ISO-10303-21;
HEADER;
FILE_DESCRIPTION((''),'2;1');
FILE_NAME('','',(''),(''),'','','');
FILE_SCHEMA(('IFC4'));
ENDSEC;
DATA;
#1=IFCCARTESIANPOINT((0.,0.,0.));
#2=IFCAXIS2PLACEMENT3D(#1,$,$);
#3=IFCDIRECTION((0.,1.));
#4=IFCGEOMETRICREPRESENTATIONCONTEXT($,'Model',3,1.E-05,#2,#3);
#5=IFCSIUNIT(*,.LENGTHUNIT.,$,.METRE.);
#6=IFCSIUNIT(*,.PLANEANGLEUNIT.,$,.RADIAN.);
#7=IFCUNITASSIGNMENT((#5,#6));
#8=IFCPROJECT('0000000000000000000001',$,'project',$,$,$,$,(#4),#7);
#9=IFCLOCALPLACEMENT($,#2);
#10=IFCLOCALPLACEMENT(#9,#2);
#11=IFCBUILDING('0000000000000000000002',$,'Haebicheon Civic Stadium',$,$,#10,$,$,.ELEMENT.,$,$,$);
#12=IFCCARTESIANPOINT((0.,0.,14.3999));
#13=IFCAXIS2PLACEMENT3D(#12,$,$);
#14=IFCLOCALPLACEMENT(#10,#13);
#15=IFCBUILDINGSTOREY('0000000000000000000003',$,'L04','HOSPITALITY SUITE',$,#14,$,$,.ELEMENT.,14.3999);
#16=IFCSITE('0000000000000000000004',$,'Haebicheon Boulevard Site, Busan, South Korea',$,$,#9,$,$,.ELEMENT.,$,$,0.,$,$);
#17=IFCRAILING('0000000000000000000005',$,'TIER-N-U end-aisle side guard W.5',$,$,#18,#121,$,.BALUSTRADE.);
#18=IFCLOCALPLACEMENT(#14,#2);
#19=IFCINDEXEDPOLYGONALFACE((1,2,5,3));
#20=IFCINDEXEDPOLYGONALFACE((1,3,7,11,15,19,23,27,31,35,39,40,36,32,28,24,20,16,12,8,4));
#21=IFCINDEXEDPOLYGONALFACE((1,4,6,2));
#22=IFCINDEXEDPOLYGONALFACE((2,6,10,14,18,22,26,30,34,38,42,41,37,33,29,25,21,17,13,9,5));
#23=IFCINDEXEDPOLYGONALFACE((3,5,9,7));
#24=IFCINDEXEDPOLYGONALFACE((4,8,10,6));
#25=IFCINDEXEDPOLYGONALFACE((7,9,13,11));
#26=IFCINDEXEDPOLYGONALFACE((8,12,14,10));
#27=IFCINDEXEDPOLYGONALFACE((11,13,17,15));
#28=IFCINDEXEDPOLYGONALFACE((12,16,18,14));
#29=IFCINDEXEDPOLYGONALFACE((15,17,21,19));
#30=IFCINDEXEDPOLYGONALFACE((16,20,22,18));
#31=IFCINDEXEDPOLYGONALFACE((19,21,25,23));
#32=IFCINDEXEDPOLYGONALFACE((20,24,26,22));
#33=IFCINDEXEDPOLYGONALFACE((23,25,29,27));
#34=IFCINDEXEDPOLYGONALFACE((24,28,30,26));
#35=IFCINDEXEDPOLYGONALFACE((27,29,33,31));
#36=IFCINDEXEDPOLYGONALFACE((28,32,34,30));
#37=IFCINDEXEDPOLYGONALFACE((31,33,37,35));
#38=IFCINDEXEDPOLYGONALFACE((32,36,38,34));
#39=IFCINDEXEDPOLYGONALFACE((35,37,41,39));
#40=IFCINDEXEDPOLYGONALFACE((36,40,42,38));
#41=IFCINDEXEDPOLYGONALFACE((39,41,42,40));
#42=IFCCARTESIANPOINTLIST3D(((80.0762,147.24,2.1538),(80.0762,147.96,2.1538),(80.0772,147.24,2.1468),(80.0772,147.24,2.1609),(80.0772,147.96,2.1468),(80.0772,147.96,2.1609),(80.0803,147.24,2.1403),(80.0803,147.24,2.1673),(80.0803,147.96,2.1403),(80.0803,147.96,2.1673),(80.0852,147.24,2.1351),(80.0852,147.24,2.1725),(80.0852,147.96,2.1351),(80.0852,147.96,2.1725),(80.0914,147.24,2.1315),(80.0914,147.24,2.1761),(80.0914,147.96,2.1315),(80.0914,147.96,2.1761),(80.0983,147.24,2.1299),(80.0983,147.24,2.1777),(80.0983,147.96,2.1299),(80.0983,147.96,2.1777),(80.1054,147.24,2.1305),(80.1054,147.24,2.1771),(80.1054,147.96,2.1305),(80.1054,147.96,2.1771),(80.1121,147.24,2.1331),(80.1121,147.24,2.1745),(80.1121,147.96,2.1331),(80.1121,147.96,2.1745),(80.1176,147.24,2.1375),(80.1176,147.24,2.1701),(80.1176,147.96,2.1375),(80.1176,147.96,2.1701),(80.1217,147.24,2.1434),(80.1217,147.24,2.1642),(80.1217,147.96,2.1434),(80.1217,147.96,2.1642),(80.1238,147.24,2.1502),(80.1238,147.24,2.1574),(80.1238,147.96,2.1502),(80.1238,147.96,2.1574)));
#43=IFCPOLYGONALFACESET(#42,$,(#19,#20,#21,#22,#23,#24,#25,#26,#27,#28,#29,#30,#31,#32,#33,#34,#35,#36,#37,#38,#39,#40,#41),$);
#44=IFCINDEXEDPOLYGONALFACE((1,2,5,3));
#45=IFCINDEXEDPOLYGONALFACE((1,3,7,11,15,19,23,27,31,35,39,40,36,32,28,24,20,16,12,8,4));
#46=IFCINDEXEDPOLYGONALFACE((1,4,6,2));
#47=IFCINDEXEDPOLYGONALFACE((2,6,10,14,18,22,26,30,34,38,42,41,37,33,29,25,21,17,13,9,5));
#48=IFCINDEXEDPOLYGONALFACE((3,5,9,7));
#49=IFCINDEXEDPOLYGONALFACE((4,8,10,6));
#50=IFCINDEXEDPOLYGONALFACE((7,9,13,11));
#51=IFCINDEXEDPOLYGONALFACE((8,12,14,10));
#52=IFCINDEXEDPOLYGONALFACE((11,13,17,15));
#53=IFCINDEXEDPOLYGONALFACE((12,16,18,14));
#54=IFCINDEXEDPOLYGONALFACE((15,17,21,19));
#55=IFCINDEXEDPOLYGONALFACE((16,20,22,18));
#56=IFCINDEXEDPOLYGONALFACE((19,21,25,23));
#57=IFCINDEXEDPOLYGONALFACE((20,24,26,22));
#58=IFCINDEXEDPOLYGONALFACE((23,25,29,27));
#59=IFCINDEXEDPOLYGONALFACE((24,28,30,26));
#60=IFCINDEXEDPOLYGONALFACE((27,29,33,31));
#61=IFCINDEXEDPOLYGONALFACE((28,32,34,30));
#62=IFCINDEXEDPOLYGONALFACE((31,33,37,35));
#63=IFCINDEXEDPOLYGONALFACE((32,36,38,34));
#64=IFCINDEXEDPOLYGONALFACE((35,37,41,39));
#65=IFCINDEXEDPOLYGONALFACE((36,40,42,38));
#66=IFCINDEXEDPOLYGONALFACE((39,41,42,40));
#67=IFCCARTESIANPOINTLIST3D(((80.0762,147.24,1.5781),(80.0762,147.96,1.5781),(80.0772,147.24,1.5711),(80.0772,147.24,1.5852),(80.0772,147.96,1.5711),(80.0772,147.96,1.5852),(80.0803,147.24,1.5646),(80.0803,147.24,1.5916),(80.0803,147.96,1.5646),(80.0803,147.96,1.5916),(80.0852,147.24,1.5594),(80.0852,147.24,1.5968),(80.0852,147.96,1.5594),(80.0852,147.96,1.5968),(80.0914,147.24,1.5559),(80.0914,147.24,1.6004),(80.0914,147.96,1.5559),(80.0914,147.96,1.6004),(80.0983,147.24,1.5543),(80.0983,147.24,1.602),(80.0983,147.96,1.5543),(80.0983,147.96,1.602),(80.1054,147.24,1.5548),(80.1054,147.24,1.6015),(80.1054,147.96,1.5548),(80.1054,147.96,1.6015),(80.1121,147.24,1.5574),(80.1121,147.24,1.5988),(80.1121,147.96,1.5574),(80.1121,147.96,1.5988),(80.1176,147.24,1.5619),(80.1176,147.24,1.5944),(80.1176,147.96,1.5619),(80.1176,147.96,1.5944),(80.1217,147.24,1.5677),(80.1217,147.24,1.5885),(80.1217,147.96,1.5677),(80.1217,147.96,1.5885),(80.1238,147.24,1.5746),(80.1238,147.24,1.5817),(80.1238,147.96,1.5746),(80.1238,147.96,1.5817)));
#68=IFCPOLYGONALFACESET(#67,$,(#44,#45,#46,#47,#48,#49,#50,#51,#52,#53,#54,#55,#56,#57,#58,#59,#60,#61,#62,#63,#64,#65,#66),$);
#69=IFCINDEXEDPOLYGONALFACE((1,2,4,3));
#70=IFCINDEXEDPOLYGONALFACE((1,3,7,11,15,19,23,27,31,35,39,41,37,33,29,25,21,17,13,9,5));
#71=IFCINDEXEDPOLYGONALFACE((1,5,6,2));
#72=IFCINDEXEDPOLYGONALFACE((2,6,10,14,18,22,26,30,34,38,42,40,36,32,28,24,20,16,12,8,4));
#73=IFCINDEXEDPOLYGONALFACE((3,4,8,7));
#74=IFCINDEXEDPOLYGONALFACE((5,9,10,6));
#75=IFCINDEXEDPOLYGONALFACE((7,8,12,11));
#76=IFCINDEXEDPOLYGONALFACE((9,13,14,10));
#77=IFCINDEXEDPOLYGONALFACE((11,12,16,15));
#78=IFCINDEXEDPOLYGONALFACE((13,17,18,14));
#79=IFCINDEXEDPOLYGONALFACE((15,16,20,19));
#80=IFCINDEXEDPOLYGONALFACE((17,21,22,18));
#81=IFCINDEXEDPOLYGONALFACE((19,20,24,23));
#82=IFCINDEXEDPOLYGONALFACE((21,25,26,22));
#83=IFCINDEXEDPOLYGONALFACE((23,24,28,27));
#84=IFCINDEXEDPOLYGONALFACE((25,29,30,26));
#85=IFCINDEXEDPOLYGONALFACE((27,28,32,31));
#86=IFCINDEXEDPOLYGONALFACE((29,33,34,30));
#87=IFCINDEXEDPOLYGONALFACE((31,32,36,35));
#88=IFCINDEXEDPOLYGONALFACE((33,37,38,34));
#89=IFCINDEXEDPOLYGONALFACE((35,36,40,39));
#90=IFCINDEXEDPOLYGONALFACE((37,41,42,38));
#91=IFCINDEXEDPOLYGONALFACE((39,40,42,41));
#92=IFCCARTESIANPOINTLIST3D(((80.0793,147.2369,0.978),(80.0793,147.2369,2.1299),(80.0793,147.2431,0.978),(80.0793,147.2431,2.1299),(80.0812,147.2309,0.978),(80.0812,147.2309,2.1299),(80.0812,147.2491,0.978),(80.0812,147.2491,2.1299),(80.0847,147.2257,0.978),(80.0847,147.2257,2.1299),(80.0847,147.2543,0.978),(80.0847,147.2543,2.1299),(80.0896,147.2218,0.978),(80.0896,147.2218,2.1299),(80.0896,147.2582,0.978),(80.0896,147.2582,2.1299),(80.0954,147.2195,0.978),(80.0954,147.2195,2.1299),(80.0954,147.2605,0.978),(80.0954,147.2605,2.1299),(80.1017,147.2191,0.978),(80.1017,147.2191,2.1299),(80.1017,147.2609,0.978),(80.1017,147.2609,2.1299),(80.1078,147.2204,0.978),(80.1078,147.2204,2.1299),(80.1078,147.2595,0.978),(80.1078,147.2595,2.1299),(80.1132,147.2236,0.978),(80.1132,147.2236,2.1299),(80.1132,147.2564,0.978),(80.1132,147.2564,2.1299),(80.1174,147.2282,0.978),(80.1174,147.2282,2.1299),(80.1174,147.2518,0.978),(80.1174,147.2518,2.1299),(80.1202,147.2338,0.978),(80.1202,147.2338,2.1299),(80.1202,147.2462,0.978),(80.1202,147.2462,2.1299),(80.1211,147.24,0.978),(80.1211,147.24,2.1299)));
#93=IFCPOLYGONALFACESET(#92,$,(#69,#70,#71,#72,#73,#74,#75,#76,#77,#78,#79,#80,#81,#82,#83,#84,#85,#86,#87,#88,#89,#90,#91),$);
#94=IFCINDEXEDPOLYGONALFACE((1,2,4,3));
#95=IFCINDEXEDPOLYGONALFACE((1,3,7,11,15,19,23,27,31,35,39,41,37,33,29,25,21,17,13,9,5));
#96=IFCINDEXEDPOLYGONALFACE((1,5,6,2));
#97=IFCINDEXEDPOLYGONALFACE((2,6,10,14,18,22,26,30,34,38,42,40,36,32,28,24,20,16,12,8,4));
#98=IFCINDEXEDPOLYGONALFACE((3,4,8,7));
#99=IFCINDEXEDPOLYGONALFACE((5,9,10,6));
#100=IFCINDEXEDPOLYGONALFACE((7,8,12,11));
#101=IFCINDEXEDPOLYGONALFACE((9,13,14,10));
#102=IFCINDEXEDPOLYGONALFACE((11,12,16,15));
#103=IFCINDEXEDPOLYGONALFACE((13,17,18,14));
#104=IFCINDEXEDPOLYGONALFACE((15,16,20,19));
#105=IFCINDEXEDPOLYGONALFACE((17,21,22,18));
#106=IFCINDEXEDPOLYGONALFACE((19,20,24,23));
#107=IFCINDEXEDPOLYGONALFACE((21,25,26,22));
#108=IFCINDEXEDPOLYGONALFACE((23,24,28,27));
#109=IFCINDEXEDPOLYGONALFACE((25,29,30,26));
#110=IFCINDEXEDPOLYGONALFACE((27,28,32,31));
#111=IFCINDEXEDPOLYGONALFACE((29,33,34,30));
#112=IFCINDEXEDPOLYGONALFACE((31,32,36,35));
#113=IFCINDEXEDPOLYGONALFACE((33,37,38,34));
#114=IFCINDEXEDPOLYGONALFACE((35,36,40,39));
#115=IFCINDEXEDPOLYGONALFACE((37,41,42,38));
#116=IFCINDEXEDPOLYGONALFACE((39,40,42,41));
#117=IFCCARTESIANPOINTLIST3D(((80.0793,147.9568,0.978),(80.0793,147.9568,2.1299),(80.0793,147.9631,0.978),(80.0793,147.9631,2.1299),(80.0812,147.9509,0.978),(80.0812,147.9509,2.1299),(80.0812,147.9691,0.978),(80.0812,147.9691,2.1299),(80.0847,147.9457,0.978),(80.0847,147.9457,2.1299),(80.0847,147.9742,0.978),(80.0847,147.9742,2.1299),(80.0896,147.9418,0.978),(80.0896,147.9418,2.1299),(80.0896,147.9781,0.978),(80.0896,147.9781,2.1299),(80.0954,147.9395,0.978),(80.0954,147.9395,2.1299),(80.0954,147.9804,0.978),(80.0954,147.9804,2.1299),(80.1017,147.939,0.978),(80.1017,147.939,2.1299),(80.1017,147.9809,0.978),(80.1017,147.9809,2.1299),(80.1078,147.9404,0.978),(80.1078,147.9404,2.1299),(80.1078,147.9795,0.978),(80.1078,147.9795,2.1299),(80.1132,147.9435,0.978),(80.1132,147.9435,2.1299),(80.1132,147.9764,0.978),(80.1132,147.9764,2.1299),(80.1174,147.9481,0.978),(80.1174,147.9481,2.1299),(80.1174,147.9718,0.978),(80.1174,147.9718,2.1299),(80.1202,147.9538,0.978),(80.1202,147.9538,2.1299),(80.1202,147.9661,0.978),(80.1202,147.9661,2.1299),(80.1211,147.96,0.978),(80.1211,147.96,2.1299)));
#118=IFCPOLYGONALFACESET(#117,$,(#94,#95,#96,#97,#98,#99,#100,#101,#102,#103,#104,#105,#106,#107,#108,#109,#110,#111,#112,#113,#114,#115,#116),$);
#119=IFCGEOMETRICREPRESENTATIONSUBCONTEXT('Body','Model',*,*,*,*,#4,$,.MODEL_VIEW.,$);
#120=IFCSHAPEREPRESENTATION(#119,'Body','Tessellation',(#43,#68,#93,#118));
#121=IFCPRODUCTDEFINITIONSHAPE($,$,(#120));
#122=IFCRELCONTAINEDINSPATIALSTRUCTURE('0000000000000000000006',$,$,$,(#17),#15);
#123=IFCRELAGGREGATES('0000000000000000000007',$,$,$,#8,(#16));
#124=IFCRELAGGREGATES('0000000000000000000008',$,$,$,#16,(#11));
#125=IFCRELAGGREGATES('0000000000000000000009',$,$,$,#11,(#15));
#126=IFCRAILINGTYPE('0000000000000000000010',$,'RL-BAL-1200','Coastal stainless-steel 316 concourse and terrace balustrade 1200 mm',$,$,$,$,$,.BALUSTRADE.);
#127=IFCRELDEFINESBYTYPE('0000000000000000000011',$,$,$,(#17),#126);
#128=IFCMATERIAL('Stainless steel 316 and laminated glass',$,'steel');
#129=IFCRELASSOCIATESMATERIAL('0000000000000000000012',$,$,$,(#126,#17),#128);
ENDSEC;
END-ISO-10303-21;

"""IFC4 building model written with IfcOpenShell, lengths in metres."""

from ifc_helpers import new_model, si_unit, direction, frame, origin, origin_2d, place, context, subcontext, project, spatial, circle, extrude, material, type_object, element, save


model = new_model("IFC4")

# Units and contexts
model_context = context("Model", 3, precision=1e-05, world=origin(), true_north=direction((0.0, 1.0)))
body_context = subcontext(model_context, "Body", "Model", "MODEL_VIEW")
ifc_project = project(units=[si_unit("LENGTHUNIT", "METRE"), si_unit("PLANEANGLEUNIT", "RADIAN")], contexts=[model_context])

# Site, building, storey
site_placement = place(None, origin())
site = spatial("IfcSite", under=ifc_project, at=site_placement, Name="Haebicheon Boulevard Site, Busan, South Korea", CompositionType="ELEMENT", RefElevation=0.0)
building_placement = place(site_placement, origin())
building = spatial("IfcBuilding", under=site, at=building_placement, Name="Haebicheon Civic Stadium", CompositionType="ELEMENT")
storey_placement = place(building_placement, frame((0.0, 0.0, 14.3999)))
storey = spatial("IfcBuildingStorey", under=building, at=storey_placement, Name="L04", Description="HOSPITALITY SUITE", CompositionType="ELEMENT", Elevation=14.3999)

# Railing
ifc_material_1 = material(Name="Stainless steel 316 and laminated glass", Category="steel")
railing_type = type_object("IfcRailingType", Name="RL-BAL-1200", Description="Coastal stainless-steel 316 concourse and terrace balustrade 1200 mm", PredefinedType="BALUSTRADE", material=ifc_material_1)
for number, where, name in (
    (1, (80.1001, 147.24, 0.978), "TIER-N-U end-aisle side guard W.5"),
):
    element("IfcRailing", number, at=place(storey_placement, frame(where)), inside=storey, type_object=railing_type, material=ifc_material_1, Name=name, PredefinedType="BALUSTRADE", context=body_context, shape_type="SweptSolid", body=[
        extrude(circle(Radius=0.0239, at=origin_2d()), frame((0.0, 0.0, 1.1758), z_axis=(0.0, 1.0, 0.0), x_axis=(-1.0, 0.0, 0.0)), (0.0, 0.0, 1.0), 0.72),
        extrude(circle(Radius=0.0239, at=origin_2d()), frame((0.0, 0.0, 0.6001), z_axis=(0.0, 1.0, 0.0), x_axis=(-1.0, 0.0, 0.0)), (0.0, 0.0, 1.0), 0.72),
        extrude(circle(Radius=0.021, at=origin_2d()), origin(), (0.0, 0.0, 1.0), 1.1519),
        extrude(circle(Radius=0.021, at=origin_2d()), frame((0.0, 0.72, 0.0)), (0.0, 0.0, 1.0), 1.1519),
    ])

save(model, "model.ifc")
